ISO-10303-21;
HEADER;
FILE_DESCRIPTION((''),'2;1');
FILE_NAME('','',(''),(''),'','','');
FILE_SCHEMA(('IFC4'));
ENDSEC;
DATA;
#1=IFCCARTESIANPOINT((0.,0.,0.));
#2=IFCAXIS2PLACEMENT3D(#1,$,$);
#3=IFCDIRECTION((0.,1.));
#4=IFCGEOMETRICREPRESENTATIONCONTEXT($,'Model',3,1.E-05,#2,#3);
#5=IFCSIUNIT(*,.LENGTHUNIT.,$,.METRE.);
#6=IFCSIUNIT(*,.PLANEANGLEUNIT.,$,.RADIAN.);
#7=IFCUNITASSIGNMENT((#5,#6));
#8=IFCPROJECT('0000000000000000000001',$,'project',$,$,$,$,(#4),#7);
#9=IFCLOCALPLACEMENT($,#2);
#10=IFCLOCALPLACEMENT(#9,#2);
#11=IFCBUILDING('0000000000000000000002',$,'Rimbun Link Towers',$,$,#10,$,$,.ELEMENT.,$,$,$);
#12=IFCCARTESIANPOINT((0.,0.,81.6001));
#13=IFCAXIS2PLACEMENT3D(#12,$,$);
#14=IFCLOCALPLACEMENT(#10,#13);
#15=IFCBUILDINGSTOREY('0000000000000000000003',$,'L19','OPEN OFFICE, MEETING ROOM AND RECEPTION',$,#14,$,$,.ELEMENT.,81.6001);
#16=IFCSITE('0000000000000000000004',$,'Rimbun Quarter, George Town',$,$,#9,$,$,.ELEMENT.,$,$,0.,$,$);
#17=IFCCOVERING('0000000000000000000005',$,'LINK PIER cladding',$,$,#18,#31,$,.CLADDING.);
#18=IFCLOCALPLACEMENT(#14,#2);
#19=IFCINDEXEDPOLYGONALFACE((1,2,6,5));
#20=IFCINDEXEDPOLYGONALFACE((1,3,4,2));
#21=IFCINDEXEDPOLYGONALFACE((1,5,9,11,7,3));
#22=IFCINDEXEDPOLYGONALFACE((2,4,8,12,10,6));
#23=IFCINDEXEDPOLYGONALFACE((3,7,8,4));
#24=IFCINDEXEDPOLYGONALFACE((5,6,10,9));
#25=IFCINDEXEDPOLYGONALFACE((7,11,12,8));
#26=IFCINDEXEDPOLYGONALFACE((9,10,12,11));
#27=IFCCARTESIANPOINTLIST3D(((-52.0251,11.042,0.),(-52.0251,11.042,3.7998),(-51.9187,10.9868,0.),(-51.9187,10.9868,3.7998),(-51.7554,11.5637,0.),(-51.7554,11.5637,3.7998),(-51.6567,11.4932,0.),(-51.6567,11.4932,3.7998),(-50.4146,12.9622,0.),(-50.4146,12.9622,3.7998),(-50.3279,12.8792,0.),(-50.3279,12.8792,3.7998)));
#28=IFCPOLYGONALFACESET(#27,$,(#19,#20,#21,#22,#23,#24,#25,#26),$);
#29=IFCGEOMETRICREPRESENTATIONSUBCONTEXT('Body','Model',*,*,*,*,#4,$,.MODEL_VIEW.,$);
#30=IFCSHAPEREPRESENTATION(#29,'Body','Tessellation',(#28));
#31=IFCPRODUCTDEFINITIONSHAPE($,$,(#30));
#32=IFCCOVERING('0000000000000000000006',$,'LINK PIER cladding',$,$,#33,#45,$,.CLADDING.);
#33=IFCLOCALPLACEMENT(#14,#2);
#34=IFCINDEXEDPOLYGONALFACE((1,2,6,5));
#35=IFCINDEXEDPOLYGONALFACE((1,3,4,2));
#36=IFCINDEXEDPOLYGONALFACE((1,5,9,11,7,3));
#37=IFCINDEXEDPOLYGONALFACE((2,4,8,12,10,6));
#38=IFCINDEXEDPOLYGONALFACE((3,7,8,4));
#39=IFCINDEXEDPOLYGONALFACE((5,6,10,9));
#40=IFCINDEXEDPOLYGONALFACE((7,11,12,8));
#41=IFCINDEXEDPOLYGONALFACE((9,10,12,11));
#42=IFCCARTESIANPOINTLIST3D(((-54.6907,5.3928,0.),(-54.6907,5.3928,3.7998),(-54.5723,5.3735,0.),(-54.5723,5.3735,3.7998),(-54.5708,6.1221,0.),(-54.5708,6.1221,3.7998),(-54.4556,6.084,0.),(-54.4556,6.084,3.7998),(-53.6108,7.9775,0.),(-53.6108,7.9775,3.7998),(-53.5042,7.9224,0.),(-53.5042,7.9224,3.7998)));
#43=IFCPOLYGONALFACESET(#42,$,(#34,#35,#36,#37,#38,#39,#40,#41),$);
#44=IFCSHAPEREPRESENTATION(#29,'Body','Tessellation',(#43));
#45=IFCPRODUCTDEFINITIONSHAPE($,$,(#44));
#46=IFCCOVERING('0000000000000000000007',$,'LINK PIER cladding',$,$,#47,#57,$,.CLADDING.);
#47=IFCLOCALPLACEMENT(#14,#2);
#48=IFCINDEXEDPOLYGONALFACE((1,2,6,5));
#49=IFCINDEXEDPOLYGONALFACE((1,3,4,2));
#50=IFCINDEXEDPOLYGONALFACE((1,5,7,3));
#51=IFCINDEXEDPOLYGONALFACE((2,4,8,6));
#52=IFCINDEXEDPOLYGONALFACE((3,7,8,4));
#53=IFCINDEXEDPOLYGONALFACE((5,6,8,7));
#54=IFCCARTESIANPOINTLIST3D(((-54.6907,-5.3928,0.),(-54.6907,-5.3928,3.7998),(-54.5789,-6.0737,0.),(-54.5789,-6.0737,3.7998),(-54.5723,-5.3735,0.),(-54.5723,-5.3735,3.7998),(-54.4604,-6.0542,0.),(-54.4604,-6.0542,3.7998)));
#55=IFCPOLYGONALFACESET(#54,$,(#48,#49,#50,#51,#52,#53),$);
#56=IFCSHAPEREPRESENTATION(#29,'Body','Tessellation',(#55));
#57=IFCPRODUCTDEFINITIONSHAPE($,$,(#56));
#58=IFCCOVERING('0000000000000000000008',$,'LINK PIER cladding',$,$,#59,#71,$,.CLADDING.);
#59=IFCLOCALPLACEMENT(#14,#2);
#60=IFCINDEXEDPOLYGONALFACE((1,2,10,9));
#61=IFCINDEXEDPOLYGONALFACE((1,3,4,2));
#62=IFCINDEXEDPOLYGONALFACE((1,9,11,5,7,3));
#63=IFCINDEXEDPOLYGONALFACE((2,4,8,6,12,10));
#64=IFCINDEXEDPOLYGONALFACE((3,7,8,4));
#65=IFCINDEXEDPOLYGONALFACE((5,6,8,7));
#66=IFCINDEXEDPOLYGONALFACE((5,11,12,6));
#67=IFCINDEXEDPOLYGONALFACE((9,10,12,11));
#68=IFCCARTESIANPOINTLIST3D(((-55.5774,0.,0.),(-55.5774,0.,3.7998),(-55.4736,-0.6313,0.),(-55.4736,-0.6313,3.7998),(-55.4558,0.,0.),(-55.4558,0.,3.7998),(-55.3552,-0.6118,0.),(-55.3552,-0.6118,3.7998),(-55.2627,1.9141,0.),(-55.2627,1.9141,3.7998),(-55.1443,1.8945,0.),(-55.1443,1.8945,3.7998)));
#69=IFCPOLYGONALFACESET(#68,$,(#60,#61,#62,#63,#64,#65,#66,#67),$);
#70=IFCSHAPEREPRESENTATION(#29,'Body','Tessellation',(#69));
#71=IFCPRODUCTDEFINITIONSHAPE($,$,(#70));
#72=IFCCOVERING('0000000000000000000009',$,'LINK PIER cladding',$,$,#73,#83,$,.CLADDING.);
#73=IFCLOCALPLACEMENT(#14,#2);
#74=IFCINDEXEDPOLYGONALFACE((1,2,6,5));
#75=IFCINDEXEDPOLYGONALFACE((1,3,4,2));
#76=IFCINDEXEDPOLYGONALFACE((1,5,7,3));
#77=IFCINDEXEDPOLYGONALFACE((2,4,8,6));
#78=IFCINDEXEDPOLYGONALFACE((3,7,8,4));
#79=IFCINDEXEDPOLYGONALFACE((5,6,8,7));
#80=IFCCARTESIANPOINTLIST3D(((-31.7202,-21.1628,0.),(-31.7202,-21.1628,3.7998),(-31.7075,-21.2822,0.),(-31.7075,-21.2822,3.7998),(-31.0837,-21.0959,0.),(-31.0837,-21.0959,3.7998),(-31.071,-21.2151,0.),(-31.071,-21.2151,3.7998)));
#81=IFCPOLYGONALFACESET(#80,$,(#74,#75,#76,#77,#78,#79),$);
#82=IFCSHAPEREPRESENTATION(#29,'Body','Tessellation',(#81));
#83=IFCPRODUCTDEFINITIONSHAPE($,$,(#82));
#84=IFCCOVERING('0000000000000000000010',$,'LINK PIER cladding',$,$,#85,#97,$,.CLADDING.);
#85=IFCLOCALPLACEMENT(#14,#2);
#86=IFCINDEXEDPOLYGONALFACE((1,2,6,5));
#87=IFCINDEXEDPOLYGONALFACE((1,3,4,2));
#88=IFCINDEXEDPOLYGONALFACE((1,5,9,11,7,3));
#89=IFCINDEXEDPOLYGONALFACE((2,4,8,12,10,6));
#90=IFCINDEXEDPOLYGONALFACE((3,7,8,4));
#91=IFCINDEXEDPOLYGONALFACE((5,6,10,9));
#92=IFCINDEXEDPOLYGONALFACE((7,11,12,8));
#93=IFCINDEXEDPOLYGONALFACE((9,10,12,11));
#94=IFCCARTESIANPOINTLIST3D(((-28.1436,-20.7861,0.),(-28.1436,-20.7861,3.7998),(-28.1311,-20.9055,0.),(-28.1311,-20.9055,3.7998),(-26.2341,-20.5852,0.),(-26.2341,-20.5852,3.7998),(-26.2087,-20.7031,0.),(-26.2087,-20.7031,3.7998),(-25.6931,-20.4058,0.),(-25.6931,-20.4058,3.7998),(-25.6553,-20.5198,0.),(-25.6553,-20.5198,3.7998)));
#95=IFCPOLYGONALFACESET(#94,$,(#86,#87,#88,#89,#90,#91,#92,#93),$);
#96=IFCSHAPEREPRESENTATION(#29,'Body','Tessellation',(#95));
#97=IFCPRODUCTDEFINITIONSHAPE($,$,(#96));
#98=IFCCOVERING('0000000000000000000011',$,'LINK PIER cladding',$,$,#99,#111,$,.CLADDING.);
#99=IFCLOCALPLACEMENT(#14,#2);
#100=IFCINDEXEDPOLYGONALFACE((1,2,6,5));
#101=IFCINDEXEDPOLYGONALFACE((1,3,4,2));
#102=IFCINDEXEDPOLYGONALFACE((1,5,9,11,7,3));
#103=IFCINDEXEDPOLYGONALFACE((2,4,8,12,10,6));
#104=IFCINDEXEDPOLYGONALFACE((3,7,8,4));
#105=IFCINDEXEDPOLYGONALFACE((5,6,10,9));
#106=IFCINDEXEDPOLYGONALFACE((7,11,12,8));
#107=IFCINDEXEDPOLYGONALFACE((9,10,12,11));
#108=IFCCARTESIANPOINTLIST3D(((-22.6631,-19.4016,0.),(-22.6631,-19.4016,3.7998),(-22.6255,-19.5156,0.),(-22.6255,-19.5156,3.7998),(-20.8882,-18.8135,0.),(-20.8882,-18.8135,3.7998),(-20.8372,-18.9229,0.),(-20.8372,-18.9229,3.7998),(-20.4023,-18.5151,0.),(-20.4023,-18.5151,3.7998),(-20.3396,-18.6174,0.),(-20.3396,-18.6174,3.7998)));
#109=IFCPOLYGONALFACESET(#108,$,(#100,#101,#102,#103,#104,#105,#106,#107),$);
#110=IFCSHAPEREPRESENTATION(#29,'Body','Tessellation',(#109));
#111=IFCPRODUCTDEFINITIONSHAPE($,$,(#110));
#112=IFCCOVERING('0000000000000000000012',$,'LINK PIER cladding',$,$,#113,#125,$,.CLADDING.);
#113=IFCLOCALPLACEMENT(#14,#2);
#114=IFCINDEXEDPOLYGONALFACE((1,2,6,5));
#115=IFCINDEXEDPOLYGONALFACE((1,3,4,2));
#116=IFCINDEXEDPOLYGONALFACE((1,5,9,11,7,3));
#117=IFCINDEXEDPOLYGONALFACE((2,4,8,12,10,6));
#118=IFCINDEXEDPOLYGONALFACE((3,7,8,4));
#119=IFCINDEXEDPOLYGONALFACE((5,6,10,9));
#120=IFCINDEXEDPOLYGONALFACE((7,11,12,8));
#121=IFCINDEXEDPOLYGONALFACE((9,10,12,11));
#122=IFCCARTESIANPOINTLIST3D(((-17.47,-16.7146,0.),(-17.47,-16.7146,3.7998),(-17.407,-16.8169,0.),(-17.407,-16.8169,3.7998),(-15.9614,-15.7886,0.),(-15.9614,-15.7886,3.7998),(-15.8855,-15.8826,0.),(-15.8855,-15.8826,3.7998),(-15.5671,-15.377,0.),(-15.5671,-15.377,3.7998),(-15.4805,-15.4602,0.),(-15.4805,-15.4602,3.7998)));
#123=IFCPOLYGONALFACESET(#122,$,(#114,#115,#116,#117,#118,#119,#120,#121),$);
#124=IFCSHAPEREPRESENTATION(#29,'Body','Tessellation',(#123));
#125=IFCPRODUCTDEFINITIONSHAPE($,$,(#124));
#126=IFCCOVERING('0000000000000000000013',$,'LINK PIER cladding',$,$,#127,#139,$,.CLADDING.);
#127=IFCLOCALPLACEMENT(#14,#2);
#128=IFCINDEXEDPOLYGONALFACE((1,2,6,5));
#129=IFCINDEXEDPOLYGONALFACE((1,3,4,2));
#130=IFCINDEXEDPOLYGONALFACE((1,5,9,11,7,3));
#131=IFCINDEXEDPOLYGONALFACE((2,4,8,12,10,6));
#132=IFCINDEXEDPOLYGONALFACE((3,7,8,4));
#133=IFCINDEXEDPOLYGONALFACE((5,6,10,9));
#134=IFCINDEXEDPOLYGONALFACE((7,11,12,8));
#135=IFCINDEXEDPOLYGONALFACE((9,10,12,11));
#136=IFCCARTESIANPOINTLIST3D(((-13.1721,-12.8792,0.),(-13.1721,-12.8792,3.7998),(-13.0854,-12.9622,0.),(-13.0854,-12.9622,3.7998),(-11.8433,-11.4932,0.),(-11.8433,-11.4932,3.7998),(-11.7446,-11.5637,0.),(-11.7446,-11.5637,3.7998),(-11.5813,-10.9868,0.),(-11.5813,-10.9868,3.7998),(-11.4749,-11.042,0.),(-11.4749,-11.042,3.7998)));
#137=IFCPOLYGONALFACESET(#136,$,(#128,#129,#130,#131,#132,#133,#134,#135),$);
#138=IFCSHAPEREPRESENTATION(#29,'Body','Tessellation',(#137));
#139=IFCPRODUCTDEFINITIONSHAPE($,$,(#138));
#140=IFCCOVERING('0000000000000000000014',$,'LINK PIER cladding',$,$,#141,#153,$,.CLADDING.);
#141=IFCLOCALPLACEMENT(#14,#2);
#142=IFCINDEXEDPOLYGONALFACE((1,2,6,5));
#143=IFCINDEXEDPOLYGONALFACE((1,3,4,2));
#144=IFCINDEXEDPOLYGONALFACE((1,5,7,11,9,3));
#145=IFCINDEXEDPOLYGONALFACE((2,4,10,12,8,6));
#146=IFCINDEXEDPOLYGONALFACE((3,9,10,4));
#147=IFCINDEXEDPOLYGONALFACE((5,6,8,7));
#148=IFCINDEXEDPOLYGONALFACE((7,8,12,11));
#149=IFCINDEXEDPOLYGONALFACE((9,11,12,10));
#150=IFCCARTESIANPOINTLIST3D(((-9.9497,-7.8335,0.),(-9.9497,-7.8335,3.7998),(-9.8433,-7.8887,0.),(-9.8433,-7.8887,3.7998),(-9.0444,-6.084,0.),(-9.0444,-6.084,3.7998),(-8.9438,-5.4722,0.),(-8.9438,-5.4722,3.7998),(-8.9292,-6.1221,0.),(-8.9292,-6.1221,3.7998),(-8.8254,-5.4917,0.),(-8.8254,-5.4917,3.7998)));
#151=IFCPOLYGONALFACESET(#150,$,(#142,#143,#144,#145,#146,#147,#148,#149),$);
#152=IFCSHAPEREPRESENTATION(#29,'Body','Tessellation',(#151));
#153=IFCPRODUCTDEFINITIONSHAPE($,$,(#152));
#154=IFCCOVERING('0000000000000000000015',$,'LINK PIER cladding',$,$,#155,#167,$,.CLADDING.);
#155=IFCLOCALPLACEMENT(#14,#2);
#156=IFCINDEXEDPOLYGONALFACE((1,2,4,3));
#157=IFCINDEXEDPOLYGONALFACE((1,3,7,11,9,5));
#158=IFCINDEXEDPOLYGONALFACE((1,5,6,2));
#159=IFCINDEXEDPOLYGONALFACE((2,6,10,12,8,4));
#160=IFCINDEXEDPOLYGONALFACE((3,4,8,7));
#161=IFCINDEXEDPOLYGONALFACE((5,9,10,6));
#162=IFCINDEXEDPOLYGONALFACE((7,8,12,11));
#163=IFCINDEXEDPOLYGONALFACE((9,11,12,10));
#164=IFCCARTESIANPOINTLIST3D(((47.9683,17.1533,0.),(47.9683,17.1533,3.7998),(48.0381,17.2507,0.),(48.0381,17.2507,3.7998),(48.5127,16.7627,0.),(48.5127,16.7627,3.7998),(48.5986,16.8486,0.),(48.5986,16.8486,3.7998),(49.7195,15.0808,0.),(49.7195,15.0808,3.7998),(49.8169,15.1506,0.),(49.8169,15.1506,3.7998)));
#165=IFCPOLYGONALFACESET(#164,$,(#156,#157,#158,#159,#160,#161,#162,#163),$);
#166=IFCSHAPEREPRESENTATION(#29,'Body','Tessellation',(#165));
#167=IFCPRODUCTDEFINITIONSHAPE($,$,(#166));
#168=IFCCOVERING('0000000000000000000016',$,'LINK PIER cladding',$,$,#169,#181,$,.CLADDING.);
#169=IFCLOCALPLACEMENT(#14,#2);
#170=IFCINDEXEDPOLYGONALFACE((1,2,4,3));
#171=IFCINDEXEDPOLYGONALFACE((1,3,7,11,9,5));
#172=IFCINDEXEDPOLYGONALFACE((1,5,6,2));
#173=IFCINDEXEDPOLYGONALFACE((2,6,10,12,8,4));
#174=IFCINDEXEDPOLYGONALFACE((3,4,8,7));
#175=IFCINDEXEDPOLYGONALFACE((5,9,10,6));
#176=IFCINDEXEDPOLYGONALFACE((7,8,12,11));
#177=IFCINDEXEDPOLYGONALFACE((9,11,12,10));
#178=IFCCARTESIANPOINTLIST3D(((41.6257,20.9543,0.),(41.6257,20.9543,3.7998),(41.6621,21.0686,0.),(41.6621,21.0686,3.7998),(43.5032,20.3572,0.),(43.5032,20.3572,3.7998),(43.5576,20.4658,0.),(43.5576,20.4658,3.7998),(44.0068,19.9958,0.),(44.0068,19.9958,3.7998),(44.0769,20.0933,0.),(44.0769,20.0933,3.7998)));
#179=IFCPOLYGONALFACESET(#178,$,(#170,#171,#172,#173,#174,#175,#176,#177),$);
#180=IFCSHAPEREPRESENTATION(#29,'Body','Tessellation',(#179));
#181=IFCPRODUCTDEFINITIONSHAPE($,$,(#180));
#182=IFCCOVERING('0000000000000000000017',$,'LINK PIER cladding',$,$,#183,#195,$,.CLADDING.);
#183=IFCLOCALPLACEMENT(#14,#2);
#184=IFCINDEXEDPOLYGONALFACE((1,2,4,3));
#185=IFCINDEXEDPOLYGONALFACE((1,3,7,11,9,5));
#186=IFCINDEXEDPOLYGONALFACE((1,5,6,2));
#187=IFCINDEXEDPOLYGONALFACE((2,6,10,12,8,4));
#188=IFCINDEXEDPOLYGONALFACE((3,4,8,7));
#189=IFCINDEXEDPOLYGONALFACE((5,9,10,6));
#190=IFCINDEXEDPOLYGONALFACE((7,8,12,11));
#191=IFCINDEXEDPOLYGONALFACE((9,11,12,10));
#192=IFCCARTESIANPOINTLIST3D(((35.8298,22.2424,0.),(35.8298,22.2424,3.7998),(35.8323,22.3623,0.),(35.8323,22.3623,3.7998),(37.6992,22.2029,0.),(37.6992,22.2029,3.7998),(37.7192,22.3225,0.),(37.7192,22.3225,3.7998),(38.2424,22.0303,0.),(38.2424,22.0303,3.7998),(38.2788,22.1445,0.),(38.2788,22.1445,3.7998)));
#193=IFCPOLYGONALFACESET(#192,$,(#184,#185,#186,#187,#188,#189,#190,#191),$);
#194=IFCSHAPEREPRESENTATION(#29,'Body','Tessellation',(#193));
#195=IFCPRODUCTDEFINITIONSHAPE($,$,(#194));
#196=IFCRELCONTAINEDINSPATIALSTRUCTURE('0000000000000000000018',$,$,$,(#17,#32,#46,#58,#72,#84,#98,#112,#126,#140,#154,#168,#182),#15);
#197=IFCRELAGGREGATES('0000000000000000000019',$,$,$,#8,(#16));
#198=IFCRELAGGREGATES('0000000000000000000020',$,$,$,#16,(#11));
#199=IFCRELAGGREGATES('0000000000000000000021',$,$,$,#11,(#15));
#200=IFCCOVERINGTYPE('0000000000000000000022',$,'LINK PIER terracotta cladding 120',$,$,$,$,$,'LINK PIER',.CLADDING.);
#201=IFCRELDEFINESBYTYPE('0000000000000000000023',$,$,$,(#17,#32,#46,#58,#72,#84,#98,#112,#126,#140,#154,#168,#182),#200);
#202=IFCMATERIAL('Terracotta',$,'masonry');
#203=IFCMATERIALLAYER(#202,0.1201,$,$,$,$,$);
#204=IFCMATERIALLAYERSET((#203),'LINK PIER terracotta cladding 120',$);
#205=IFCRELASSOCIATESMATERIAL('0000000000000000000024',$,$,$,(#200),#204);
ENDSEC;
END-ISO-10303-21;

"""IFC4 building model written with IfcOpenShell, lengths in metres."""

from ifc_helpers import new_model, si_unit, direction, frame, origin, place, context, subcontext, project, spatial, polyline, outline, extrude, material, layer, layer_set, type_object, element, save


model = new_model("IFC4")

# Units and contexts
model_context = context("Model", 3, precision=1e-05, world=origin(), true_north=direction((0.0, 1.0)))
body_context = subcontext(model_context, "Body", "Model", "MODEL_VIEW")
ifc_project = project(units=[si_unit("LENGTHUNIT", "METRE"), si_unit("PLANEANGLEUNIT", "RADIAN")], contexts=[model_context])

# Site, building, storey
site_placement = place(None, origin())
site = spatial("IfcSite", under=ifc_project, at=site_placement, Name="Rimbun Quarter, George Town", CompositionType="ELEMENT", RefElevation=0.0)
building_placement = place(site_placement, origin())
building = spatial("IfcBuilding", under=site, at=building_placement, Name="Rimbun Link Towers", CompositionType="ELEMENT")
storey_placement = place(building_placement, frame((0.0, 0.0, 81.6001)))
storey = spatial("IfcBuildingStorey", under=building, at=storey_placement, Name="L19", Description="OPEN OFFICE, MEETING ROOM AND RECEPTION", CompositionType="ELEMENT", Elevation=81.6001)

# Coverings
ifc_material_1 = material(Name="Terracotta", Category="masonry")
ifc_layer_1 = layer(ifc_material_1, 0.1201)
ifc_layer_set_1 = layer_set([ifc_layer_1], Name="LINK PIER terracotta cladding 120")
covering_type_1 = type_object("IfcCoveringType", Name="LINK PIER terracotta cladding 120", ElementType="LINK PIER", PredefinedType="CLADDING", material=ifc_layer_set_1)
covering_1_placement = place(storey_placement, origin())
element("IfcCovering", 1, at=covering_1_placement, inside=storey, type_object=covering_type_1, Name="LINK PIER cladding", PredefinedType="CLADDING", context=body_context, shape_type="SweptSolid", body=[
    extrude(outline(polyline([(-51.9187, 10.9868), (-51.6567, 11.4932), (-50.3279, 12.8792), (-50.4146, 12.9622), (-51.7554, 11.5637), (-52.0251, 11.042), (-51.9187, 10.9868)])), origin(), (0.0, 0.0, 1.0), 3.7998),
])
covering_2_placement = place(storey_placement, origin())
element("IfcCovering", 2, at=covering_2_placement, inside=storey, type_object=covering_type_1, Name="LINK PIER cladding", PredefinedType="CLADDING", context=body_context, shape_type="SweptSolid", body=[
    extrude(outline(polyline([(-54.5723, 5.3735), (-54.4556, 6.084), (-53.5042, 7.9224), (-53.6108, 7.9775), (-54.5708, 6.1221), (-54.6907, 5.3928), (-54.5723, 5.3735)])), origin(), (0.0, 0.0, 1.0), 3.7998),
])
covering_3_placement = place(storey_placement, origin())
element("IfcCovering", 3, at=covering_3_placement, inside=storey, type_object=covering_type_1, Name="LINK PIER cladding", PredefinedType="CLADDING", context=body_context, shape_type="SweptSolid", body=[
    extrude(outline(polyline([(-54.4604, -6.0542), (-54.5723, -5.3735), (-54.6907, -5.3928), (-54.5789, -6.0737), (-54.4604, -6.0542)])), origin(), (0.0, 0.0, 1.0), 3.7998),
])
covering_4_placement = place(storey_placement, origin())
element("IfcCovering", 4, at=covering_4_placement, inside=storey, type_object=covering_type_1, Name="LINK PIER cladding", PredefinedType="CLADDING", context=body_context, shape_type="SweptSolid", body=[
    extrude(outline(polyline([(-55.3552, -0.6118), (-55.4558, 0.0), (-55.1443, 1.8945), (-55.2627, 1.9141), (-55.5774, 0.0), (-55.4736, -0.6313), (-55.3552, -0.6118)])), origin(), (0.0, 0.0, 1.0), 3.7998),
])
covering_5_placement = place(storey_placement, origin())
element("IfcCovering", 5, at=covering_5_placement, inside=storey, type_object=covering_type_1, Name="LINK PIER cladding", PredefinedType="CLADDING", context=body_context, shape_type="SweptSolid", body=[
    extrude(outline(polyline([(-31.0837, -21.0959), (-31.7202, -21.1628), (-31.7075, -21.2822), (-31.071, -21.2151), (-31.0837, -21.0959)])), origin(), (0.0, 0.0, 1.0), 3.7998),
])
covering_6_placement = place(storey_placement, origin())
element("IfcCovering", 6, at=covering_6_placement, inside=storey, type_object=covering_type_1, Name="LINK PIER cladding", PredefinedType="CLADDING", context=body_context, shape_type="SweptSolid", body=[
    extrude(outline(polyline([(-25.6931, -20.4058), (-26.2341, -20.5852), (-28.1436, -20.7861), (-28.1311, -20.9055), (-26.2087, -20.7031), (-25.6553, -20.5198), (-25.6931, -20.4058)])), origin(), (0.0, 0.0, 1.0), 3.7998),
])
covering_7_placement = place(storey_placement, origin())
element("IfcCovering", 7, at=covering_7_placement, inside=storey, type_object=covering_type_1, Name="LINK PIER cladding", PredefinedType="CLADDING", context=body_context, shape_type="SweptSolid", body=[
    extrude(outline(polyline([(-20.4023, -18.5151), (-20.8882, -18.8135), (-22.6631, -19.4016), (-22.6255, -19.5156), (-20.8372, -18.9229), (-20.3396, -18.6174), (-20.4023, -18.5151)])), origin(), (0.0, 0.0, 1.0), 3.7998),
])
covering_8_placement = place(storey_placement, origin())
element("IfcCovering", 8, at=covering_8_placement, inside=storey, type_object=covering_type_1, Name="LINK PIER cladding", PredefinedType="CLADDING", context=body_context, shape_type="SweptSolid", body=[
    extrude(outline(polyline([(-15.5671, -15.377), (-15.9614, -15.7886), (-17.47, -16.7146), (-17.407, -16.8169), (-15.8855, -15.8826), (-15.4805, -15.4602), (-15.5671, -15.377)])), origin(), (0.0, 0.0, 1.0), 3.7998),
])
covering_9_placement = place(storey_placement, origin())
element("IfcCovering", 9, at=covering_9_placement, inside=storey, type_object=covering_type_1, Name="LINK PIER cladding", PredefinedType="CLADDING", context=body_context, shape_type="SweptSolid", body=[
    extrude(outline(polyline([(-11.5813, -10.9868), (-11.8433, -11.4932), (-13.1721, -12.8792), (-13.0854, -12.9622), (-11.7446, -11.5637), (-11.4749, -11.042), (-11.5813, -10.9868)])), origin(), (0.0, 0.0, 1.0), 3.7998),
])
covering_10_placement = place(storey_placement, origin())
element("IfcCovering", 10, at=covering_10_placement, inside=storey, type_object=covering_type_1, Name="LINK PIER cladding", PredefinedType="CLADDING", context=body_context, shape_type="SweptSolid", body=[
    extrude(outline(polyline([(-8.9438, -5.4722), (-9.0444, -6.084), (-9.9497, -7.8335), (-9.8433, -7.8887), (-8.9292, -6.1221), (-8.8254, -5.4917), (-8.9438, -5.4722)])), origin(), (0.0, 0.0, 1.0), 3.7998),
])
covering_11_placement = place(storey_placement, origin())
element("IfcCovering", 11, at=covering_11_placement, inside=storey, type_object=covering_type_1, Name="LINK PIER cladding", PredefinedType="CLADDING", context=body_context, shape_type="SweptSolid", body=[
    extrude(outline(polyline([(47.9683, 17.1533), (48.5127, 16.7627), (49.7195, 15.0808), (49.8169, 15.1506), (48.5986, 16.8486), (48.0381, 17.2507), (47.9683, 17.1533)])), origin(), (0.0, 0.0, 1.0), 3.7998),
])
covering_12_placement = place(storey_placement, origin())
element("IfcCovering", 12, at=covering_12_placement, inside=storey, type_object=covering_type_1, Name="LINK PIER cladding", PredefinedType="CLADDING", context=body_context, shape_type="SweptSolid", body=[
    extrude(outline(polyline([(41.6257, 20.9543), (43.5032, 20.3572), (44.0068, 19.9958), (44.0769, 20.0933), (43.5576, 20.4658), (41.6621, 21.0686), (41.6257, 20.9543)])), origin(), (0.0, 0.0, 1.0), 3.7998),
])
covering_13_placement = place(storey_placement, origin())
element("IfcCovering", 13, at=covering_13_placement, inside=storey, type_object=covering_type_1, Name="LINK PIER cladding", PredefinedType="CLADDING", context=body_context, shape_type="SweptSolid", body=[
    extrude(outline(polyline([(35.8298, 22.2424), (37.6992, 22.2029), (38.2424, 22.0303), (38.2788, 22.1445), (37.7192, 22.3225), (35.8323, 22.3623), (35.8298, 22.2424)])), origin(), (0.0, 0.0, 1.0), 3.7998),
])

save(model, "model.ifc")
